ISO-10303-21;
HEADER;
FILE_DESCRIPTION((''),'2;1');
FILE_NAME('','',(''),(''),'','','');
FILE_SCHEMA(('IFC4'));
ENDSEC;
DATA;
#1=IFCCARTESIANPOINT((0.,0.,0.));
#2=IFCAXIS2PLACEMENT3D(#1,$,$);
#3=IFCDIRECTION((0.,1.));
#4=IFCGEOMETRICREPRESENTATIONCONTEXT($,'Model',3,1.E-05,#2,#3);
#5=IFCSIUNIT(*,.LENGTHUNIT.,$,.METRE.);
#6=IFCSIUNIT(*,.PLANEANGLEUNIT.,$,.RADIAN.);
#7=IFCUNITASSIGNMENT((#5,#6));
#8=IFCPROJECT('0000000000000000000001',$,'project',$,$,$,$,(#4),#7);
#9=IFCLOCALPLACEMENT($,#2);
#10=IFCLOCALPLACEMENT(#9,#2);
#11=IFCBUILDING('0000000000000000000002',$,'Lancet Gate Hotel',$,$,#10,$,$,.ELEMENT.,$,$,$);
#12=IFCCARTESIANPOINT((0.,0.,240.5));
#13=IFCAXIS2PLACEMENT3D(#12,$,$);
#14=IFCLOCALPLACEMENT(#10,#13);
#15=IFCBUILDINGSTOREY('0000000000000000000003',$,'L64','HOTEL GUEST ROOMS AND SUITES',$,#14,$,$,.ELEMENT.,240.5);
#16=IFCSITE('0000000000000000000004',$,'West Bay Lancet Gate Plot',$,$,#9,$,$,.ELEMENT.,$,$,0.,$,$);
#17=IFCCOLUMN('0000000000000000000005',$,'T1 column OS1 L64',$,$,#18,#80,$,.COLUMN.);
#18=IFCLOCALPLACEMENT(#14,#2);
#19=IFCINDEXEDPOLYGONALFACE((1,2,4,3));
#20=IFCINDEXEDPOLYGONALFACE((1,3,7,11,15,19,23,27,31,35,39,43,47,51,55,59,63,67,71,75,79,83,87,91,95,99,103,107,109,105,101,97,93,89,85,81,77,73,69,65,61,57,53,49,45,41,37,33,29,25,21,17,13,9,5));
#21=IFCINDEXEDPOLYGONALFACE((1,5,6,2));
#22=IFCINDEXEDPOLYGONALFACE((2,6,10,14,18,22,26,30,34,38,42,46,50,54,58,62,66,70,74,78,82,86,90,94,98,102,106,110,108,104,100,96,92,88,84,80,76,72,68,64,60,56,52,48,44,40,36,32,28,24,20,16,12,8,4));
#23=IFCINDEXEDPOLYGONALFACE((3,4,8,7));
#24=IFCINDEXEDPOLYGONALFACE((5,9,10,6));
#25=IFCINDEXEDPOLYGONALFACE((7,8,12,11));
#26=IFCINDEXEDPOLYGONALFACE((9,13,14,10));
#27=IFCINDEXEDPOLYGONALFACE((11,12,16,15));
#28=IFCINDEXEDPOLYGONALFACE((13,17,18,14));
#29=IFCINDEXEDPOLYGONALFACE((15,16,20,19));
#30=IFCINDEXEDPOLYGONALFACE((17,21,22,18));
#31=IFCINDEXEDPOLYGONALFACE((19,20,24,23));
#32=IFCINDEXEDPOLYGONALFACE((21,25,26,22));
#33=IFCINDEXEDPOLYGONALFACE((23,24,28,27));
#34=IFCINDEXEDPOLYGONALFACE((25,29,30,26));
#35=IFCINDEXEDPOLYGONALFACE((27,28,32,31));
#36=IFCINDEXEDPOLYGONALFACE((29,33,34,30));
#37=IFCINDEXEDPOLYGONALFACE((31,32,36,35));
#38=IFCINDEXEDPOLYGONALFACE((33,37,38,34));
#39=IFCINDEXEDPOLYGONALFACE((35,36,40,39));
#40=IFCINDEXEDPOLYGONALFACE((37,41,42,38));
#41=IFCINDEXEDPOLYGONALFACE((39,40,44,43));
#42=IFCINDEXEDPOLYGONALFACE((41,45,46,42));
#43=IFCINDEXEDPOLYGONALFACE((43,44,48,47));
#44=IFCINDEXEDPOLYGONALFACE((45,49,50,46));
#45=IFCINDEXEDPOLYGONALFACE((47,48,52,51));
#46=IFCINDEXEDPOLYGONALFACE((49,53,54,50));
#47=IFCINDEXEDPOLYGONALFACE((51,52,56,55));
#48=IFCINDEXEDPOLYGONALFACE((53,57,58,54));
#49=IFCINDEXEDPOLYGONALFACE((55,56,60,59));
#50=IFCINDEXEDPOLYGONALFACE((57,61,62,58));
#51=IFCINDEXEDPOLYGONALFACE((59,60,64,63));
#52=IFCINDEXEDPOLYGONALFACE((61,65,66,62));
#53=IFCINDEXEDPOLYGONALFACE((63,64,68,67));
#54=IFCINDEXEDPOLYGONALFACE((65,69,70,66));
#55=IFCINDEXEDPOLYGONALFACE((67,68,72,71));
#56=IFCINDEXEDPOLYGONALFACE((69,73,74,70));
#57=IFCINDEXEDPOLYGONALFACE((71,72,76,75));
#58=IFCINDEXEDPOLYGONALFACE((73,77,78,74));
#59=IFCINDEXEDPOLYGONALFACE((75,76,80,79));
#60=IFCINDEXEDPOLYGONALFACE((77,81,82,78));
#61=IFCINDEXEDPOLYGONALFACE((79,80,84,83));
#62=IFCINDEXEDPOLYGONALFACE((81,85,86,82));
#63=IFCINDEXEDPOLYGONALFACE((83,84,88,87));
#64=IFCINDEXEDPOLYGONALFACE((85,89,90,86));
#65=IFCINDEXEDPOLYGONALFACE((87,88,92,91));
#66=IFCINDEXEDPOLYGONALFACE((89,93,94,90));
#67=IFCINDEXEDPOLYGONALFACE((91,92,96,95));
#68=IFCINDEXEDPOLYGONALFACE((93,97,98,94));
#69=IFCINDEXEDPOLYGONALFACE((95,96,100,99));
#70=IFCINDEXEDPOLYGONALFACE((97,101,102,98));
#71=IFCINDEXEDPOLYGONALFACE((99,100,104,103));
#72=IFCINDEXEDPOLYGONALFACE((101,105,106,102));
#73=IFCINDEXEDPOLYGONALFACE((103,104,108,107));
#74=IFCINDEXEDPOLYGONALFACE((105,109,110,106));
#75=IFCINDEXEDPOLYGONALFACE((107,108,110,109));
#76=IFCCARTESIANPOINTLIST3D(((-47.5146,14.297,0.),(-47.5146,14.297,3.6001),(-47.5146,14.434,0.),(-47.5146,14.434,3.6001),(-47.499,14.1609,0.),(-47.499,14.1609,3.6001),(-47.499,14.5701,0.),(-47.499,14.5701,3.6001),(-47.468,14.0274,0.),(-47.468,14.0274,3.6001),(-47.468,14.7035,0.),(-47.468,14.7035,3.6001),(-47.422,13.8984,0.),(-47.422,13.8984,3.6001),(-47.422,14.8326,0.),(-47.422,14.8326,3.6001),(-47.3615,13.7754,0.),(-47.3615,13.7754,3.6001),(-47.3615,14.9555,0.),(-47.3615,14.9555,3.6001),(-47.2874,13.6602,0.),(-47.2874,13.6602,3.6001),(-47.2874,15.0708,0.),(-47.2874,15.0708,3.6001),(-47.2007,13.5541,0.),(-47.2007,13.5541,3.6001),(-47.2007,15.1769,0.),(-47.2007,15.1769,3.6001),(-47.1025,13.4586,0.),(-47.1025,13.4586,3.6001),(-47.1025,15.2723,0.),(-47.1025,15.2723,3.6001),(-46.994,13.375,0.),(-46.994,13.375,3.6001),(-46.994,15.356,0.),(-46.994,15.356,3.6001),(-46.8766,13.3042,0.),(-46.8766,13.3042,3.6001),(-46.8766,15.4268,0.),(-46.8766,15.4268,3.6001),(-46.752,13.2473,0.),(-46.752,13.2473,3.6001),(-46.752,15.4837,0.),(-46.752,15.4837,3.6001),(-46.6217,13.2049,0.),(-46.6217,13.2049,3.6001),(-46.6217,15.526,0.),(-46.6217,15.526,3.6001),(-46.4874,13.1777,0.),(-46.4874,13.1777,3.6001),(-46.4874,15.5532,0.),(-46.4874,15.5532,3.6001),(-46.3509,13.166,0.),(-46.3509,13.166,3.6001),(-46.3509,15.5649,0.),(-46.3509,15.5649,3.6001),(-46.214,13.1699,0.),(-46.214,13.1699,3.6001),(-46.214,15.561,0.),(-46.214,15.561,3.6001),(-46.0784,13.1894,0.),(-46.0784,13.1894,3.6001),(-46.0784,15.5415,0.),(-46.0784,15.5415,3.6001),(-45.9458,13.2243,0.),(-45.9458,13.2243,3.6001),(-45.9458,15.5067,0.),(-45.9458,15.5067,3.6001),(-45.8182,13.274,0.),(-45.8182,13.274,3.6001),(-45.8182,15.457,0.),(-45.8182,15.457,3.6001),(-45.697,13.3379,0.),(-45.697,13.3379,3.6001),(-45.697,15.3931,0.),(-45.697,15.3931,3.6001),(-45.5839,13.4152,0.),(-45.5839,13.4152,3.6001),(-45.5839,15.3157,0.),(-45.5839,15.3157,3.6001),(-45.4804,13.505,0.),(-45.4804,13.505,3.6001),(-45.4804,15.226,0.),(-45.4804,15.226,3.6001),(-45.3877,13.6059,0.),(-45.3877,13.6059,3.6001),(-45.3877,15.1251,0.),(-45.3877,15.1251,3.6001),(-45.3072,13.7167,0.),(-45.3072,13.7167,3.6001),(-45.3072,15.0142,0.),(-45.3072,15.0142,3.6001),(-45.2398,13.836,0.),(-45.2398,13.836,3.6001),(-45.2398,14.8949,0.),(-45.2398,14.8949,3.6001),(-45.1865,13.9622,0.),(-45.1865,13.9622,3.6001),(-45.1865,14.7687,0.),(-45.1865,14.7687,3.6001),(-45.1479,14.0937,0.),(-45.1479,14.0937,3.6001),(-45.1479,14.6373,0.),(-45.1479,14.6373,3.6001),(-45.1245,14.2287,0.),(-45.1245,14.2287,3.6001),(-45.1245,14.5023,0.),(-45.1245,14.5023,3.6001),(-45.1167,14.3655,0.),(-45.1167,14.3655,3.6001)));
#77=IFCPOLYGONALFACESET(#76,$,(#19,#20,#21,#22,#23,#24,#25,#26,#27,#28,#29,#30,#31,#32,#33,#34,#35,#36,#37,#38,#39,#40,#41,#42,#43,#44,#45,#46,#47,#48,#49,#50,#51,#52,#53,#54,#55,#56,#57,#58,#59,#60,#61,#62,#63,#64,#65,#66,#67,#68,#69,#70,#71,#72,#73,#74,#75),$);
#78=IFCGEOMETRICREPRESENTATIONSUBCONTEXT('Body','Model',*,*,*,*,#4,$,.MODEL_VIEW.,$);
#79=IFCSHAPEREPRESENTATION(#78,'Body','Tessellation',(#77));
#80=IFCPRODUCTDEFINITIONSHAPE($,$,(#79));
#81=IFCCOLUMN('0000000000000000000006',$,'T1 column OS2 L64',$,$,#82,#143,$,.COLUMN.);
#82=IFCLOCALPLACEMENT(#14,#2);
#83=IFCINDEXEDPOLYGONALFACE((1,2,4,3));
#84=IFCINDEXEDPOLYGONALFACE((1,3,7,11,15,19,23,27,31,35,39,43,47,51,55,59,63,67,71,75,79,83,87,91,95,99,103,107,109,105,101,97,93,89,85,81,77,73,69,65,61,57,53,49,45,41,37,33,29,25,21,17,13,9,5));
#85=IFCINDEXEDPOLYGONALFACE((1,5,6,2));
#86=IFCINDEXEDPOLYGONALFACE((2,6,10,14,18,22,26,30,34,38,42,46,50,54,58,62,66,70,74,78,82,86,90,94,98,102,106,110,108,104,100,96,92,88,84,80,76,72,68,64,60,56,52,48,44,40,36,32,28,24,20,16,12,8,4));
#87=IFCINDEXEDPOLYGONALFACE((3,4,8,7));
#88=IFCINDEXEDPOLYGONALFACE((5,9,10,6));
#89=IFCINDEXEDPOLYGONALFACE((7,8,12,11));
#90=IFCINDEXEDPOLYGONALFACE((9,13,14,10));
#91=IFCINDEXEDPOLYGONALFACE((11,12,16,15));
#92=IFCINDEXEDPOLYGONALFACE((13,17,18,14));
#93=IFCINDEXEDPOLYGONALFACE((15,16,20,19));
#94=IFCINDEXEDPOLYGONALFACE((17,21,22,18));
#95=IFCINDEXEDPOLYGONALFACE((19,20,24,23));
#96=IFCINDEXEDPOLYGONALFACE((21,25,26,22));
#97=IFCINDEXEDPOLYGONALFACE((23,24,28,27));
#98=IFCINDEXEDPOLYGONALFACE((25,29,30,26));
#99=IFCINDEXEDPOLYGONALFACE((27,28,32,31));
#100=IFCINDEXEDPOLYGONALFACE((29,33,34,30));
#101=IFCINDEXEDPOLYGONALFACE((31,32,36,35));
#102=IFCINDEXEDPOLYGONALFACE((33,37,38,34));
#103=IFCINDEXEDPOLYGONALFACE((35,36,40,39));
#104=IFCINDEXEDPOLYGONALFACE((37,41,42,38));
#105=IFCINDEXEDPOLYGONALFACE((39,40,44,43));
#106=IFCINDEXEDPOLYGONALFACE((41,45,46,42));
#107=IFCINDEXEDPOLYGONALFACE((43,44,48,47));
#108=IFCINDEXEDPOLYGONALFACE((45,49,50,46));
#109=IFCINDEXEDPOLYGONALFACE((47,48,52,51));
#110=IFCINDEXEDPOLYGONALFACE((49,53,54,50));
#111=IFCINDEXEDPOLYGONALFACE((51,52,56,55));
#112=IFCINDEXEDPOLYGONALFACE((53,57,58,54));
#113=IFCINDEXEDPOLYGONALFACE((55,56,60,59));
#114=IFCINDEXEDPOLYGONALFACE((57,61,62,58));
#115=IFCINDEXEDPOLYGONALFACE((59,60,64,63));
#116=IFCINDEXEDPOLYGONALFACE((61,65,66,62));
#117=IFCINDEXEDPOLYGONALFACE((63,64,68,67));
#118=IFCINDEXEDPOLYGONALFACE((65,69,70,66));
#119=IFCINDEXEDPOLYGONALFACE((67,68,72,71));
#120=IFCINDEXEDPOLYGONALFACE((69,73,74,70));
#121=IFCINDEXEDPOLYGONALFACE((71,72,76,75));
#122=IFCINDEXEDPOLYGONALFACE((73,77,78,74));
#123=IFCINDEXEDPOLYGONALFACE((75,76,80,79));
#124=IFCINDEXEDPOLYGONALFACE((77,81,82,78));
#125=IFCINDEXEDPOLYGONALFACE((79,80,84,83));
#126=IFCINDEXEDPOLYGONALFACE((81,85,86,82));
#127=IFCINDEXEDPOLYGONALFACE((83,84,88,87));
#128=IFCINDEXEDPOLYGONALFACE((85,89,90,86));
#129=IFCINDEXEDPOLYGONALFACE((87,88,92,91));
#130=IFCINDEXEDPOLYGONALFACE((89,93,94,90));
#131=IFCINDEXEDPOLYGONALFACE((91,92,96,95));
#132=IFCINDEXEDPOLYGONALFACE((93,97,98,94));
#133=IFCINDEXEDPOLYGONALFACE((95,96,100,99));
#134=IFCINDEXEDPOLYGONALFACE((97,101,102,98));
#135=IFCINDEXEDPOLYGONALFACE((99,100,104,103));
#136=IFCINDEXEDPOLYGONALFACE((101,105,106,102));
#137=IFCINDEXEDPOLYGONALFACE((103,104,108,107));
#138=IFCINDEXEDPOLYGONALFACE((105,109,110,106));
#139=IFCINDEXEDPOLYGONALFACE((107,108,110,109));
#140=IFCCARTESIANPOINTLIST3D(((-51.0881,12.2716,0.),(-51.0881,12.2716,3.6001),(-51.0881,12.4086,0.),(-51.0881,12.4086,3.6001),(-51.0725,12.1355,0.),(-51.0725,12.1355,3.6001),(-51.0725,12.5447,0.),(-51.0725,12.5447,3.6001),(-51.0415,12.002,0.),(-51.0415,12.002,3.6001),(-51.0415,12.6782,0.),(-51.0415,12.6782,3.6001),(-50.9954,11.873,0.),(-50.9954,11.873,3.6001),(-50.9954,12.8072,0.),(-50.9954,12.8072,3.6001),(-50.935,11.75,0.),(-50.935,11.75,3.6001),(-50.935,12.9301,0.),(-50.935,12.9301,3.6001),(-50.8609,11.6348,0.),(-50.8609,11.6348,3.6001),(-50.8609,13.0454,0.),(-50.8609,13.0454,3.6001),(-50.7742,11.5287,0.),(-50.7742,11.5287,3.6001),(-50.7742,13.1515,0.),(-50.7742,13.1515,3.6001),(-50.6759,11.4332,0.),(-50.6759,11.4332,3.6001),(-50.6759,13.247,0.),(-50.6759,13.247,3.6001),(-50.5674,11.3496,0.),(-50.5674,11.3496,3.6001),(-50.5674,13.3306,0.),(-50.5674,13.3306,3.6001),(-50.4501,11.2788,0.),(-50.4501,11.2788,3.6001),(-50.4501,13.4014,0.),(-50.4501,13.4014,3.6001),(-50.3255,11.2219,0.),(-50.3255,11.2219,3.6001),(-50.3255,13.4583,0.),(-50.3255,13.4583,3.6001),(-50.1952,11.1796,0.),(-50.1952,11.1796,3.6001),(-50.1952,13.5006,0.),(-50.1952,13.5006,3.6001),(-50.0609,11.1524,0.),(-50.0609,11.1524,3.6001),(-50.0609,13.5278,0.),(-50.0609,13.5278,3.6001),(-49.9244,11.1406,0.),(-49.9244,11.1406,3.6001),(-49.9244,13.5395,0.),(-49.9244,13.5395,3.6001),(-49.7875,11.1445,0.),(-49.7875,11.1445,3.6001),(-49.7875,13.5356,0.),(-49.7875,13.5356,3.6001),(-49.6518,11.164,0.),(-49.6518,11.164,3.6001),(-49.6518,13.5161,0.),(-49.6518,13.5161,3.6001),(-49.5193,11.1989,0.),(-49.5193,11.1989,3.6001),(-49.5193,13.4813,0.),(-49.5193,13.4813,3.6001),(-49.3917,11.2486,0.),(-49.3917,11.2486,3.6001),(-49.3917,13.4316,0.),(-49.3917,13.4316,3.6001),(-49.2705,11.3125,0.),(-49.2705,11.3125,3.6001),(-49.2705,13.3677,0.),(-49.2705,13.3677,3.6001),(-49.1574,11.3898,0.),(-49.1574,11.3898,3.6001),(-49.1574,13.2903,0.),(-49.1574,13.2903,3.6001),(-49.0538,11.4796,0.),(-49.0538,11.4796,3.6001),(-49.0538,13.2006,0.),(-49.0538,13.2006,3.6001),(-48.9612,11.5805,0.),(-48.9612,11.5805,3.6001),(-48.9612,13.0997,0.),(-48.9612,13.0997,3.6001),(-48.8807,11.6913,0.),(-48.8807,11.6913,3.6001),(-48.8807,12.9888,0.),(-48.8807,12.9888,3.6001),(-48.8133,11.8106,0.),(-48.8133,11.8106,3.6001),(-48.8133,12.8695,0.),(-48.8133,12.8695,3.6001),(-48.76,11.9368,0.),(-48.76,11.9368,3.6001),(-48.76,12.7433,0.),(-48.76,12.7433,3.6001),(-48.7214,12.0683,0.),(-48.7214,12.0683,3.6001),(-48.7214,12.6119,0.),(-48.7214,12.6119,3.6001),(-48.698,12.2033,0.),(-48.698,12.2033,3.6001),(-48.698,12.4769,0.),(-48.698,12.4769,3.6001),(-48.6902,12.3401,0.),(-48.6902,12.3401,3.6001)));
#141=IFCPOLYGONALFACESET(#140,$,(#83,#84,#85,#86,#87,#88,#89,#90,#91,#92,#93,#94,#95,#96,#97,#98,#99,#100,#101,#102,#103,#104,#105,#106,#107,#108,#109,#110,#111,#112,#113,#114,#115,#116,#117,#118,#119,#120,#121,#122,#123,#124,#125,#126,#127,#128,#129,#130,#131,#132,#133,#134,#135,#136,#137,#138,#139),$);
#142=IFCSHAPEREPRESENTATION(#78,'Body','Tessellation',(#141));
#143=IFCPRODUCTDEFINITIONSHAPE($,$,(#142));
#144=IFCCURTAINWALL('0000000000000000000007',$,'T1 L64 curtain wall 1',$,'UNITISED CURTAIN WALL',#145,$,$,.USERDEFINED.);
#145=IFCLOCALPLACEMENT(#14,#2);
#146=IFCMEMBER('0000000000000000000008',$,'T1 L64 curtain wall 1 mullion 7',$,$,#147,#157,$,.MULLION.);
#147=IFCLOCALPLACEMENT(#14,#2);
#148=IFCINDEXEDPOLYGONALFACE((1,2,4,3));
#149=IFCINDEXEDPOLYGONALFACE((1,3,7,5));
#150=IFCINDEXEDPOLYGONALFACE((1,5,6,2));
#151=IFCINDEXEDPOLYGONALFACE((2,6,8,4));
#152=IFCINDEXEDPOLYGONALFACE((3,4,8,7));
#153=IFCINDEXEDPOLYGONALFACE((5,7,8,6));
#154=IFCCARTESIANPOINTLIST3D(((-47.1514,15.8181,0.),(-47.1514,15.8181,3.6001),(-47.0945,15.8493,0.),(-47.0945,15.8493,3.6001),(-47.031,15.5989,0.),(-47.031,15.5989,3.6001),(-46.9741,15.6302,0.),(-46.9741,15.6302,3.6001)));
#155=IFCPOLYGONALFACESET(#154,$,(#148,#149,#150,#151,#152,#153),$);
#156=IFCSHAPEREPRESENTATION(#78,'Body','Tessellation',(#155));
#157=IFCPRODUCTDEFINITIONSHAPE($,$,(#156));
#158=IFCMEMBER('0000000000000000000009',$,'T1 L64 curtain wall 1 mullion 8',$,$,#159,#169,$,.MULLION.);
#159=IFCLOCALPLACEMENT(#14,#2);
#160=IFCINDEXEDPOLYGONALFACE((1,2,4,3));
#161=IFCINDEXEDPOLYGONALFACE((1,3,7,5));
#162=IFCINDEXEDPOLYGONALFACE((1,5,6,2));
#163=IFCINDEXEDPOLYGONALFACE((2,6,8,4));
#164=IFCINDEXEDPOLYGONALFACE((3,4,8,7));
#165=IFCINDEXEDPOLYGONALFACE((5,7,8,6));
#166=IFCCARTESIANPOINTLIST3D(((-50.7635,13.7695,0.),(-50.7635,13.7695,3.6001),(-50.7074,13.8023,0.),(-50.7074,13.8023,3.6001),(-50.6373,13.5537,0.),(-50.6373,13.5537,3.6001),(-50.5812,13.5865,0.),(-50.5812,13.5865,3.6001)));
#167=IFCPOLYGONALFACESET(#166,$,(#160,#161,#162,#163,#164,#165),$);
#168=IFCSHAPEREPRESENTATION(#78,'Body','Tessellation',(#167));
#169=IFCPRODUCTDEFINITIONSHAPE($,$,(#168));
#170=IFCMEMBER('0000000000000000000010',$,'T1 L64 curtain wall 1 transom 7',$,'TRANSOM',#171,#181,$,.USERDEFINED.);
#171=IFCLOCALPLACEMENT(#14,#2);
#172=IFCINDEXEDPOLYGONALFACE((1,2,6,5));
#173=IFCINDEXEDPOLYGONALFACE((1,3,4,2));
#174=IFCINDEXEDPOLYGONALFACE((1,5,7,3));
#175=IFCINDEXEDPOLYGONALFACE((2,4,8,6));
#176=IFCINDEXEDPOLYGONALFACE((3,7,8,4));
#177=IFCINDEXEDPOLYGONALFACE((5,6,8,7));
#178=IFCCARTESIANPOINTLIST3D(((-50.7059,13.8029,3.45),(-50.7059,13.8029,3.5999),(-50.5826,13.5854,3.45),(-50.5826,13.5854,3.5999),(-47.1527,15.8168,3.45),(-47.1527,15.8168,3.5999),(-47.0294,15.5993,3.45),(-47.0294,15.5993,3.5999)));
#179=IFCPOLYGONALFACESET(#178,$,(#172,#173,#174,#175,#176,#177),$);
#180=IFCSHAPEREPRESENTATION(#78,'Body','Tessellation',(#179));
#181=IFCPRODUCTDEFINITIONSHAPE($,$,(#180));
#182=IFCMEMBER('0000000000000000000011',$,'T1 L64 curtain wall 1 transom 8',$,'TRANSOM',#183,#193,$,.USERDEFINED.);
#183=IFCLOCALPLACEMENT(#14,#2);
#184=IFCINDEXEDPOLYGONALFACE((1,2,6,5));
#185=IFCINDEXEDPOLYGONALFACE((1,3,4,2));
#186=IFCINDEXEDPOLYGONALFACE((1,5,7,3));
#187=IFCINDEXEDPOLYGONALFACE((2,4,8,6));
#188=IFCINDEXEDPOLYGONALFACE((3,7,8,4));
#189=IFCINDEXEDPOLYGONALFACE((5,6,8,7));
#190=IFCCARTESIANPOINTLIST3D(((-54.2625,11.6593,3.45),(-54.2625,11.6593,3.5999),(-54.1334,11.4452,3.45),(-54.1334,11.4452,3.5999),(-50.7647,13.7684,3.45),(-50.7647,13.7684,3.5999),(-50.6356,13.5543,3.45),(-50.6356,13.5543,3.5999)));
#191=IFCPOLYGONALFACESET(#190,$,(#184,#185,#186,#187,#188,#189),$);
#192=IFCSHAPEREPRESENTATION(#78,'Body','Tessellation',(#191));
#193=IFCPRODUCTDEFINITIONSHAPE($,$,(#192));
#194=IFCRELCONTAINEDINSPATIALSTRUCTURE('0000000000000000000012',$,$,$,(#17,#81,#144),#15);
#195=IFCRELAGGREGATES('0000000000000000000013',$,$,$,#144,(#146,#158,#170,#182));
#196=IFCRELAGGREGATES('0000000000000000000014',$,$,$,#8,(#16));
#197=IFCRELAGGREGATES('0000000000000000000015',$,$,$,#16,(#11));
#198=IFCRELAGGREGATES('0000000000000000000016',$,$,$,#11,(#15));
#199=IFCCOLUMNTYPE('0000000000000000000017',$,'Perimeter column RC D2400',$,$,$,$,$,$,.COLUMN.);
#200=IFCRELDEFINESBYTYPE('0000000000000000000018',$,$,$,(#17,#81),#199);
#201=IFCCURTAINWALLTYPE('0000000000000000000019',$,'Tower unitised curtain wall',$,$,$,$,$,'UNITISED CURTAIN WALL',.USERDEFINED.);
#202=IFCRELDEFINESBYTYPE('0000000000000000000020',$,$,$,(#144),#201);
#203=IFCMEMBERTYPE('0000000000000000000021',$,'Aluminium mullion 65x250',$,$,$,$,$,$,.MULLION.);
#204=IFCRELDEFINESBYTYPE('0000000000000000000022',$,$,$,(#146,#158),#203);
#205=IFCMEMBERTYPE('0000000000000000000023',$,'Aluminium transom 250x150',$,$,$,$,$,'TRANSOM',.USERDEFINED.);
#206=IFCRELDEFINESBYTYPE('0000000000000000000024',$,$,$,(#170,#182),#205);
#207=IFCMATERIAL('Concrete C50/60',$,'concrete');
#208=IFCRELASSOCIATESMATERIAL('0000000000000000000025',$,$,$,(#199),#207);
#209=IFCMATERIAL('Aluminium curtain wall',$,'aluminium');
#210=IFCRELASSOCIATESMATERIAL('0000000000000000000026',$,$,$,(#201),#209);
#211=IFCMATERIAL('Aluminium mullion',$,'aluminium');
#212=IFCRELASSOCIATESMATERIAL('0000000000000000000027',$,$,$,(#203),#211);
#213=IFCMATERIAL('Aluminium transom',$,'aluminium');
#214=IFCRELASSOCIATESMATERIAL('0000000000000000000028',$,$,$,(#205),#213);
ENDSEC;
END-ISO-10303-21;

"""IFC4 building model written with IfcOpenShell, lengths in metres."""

from ifc_helpers import new_model, si_unit, direction, frame, origin, origin_2d, place, context, subcontext, project, spatial, rectangle, circle, extrude, material, material_profile, profile_set, type_object, element, aggregate, save


model = new_model("IFC4")

# Units and contexts
model_context = context("Model", 3, precision=1e-05, world=origin(), true_north=direction((0.0, 1.0)))
body_context = subcontext(model_context, "Body", "Model", "MODEL_VIEW")
ifc_project = project(units=[si_unit("LENGTHUNIT", "METRE"), si_unit("PLANEANGLEUNIT", "RADIAN")], contexts=[model_context])

# Site, building, storey
site_placement = place(None, origin())
site = spatial("IfcSite", under=ifc_project, at=site_placement, Name="West Bay Lancet Gate Plot", CompositionType="ELEMENT", RefElevation=0.0)
building_placement = place(site_placement, origin())
building = spatial("IfcBuilding", under=site, at=building_placement, Name="Lancet Gate Hotel", CompositionType="ELEMENT")
storey_placement = place(building_placement, frame((0.0, 0.0, 240.5)))
storey = spatial("IfcBuildingStorey", under=building, at=storey_placement, Name="L64", Description="HOTEL GUEST ROOMS AND SUITES", CompositionType="ELEMENT", Elevation=240.5)

# Columns
ifc_material_1 = material(Name="Concrete C50/60", Category="concrete")
ifc_material_profile_1 = material_profile(ifc_material_1, circle(Radius=1.2, at=origin_2d()), Name="RC D2400")
ifc_profile_set_1 = profile_set([ifc_material_profile_1], Name="Concrete C50/60")
column_type = type_object("IfcColumnType", Name="Perimeter column RC D2400", PredefinedType="COLUMN", material=ifc_profile_set_1)
for number, where, z_axis, x_axis, name in (
    (1, (-46.3167, 14.3655, 0.0), (0.0, 0.0, 1.0), (1.0, 0.0, 0.0), "T1 column OS1 L64"),
    (2, (-49.8901, 12.3401, 0.0), (0.0, 0.0, 1.0), (1.0, 0.0, 0.0), "T1 column OS2 L64"),
):
    element("IfcColumn", number, at=place(storey_placement, frame(where, z_axis=z_axis, x_axis=x_axis)), inside=storey, type_object=column_type, Name=name, PredefinedType="COLUMN", context=body_context, shape_type="SweptSolid", body=[
        extrude(circle(Radius=1.2, at=origin_2d()), origin(), (0.0, 0.0, 1.0), 3.6001),
    ])

# Curtain wall, members
ifc_material_2 = material(Name="Aluminium curtain wall", Category="aluminium")
curtain_wall_type = type_object("IfcCurtainWallType", Name="Tower unitised curtain wall", ElementType="UNITISED CURTAIN WALL", PredefinedType="USERDEFINED", material=ifc_material_2)
curtain_wall_placement = place(storey_placement, origin())
curtain_wall = element("IfcCurtainWall", 3, at=curtain_wall_placement, inside=storey, type_object=curtain_wall_type, Name="T1 L64 curtain wall 1", ObjectType="UNITISED CURTAIN WALL", PredefinedType="USERDEFINED")
ifc_material_3 = material(Name="Aluminium mullion", Category="aluminium")
ifc_material_profile_2 = material_profile(ifc_material_3, rectangle(XDim=0.0649, YDim=0.25, at=origin_2d()), Name="MULLION 65x250")
ifc_profile_set_2 = profile_set([ifc_material_profile_2], Name="Aluminium mullion")
member_type_1 = type_object("IfcMemberType", Name="Aluminium mullion 65x250", PredefinedType="MULLION", material=ifc_profile_set_2)
member_1_placement = place(storey_placement, frame((-47.0627, 15.7241, 0.0), z_axis=(0.0, 0.0, 1.0), x_axis=(-0.876516, -0.481372, 0.0)))
member_1 = element("IfcMember", 4, at=member_1_placement, type_object=member_type_1, Name="T1 L64 curtain wall 1 mullion 7", PredefinedType="MULLION", context=body_context, shape_type="SweptSolid", body=[
    extrude(rectangle(XDim=0.0649, YDim=0.25, at=origin_2d()), origin(), (0.0, 0.0, 1.0), 3.6001),
])
member_2_placement = place(storey_placement, frame((-50.6724, 13.678, 0.0), z_axis=(0.0, 0.0, 1.0), x_axis=(-0.863242, -0.50479, 0.0)))
member_2 = element("IfcMember", 5, at=member_2_placement, type_object=member_type_1, Name="T1 L64 curtain wall 1 mullion 8", PredefinedType="MULLION", context=body_context, shape_type="SweptSolid", body=[
    extrude(rectangle(XDim=0.0649, YDim=0.25, at=origin_2d()), origin(), (0.0, 0.0, 1.0), 3.6001),
])
ifc_material_4 = material(Name="Aluminium transom", Category="aluminium")
ifc_material_profile_3 = material_profile(ifc_material_4, rectangle(XDim=0.25, YDim=0.1499, at=origin_2d()), Name="TRANSOM 250x150")
ifc_profile_set_3 = profile_set([ifc_material_profile_3], Name="Aluminium transom")
member_type_2 = type_object("IfcMemberType", Name="Aluminium transom 250x150", ElementType="TRANSOM", PredefinedType="USERDEFINED", material=ifc_profile_set_3)
member_3_placement = place(storey_placement, frame((-47.0911, 15.708, 3.5249), z_axis=(-0.869978, -0.493091, 0.0), x_axis=(0.493091, -0.869978, 0.0)))
member_3 = element("IfcMember", 6, at=member_3_placement, type_object=member_type_2, Name="T1 L64 curtain wall 1 transom 7", ObjectType="TRANSOM", PredefinedType="USERDEFINED", context=body_context, shape_type="SweptSolid", body=[
    extrude(rectangle(XDim=0.25, YDim=0.1499, at=origin_2d()), origin(), (0.0, 0.0, 1.0), 4.0842),
])
member_4_placement = place(storey_placement, frame((-50.7002, 13.6614, 3.5249), z_axis=(-0.856362, -0.516376, 0.0), x_axis=(0.516376, -0.856362, 0.0)))
member_4 = element("IfcMember", 7, at=member_4_placement, type_object=member_type_2, Name="T1 L64 curtain wall 1 transom 8", ObjectType="TRANSOM", PredefinedType="USERDEFINED", context=body_context, shape_type="SweptSolid", body=[
    extrude(rectangle(XDim=0.25, YDim=0.1499, at=origin_2d()), origin(), (0.0, 0.0, 1.0), 4.0845),
])

aggregate(curtain_wall, [member_1, member_2, member_3, member_4])

save(model, "model.ifc")
